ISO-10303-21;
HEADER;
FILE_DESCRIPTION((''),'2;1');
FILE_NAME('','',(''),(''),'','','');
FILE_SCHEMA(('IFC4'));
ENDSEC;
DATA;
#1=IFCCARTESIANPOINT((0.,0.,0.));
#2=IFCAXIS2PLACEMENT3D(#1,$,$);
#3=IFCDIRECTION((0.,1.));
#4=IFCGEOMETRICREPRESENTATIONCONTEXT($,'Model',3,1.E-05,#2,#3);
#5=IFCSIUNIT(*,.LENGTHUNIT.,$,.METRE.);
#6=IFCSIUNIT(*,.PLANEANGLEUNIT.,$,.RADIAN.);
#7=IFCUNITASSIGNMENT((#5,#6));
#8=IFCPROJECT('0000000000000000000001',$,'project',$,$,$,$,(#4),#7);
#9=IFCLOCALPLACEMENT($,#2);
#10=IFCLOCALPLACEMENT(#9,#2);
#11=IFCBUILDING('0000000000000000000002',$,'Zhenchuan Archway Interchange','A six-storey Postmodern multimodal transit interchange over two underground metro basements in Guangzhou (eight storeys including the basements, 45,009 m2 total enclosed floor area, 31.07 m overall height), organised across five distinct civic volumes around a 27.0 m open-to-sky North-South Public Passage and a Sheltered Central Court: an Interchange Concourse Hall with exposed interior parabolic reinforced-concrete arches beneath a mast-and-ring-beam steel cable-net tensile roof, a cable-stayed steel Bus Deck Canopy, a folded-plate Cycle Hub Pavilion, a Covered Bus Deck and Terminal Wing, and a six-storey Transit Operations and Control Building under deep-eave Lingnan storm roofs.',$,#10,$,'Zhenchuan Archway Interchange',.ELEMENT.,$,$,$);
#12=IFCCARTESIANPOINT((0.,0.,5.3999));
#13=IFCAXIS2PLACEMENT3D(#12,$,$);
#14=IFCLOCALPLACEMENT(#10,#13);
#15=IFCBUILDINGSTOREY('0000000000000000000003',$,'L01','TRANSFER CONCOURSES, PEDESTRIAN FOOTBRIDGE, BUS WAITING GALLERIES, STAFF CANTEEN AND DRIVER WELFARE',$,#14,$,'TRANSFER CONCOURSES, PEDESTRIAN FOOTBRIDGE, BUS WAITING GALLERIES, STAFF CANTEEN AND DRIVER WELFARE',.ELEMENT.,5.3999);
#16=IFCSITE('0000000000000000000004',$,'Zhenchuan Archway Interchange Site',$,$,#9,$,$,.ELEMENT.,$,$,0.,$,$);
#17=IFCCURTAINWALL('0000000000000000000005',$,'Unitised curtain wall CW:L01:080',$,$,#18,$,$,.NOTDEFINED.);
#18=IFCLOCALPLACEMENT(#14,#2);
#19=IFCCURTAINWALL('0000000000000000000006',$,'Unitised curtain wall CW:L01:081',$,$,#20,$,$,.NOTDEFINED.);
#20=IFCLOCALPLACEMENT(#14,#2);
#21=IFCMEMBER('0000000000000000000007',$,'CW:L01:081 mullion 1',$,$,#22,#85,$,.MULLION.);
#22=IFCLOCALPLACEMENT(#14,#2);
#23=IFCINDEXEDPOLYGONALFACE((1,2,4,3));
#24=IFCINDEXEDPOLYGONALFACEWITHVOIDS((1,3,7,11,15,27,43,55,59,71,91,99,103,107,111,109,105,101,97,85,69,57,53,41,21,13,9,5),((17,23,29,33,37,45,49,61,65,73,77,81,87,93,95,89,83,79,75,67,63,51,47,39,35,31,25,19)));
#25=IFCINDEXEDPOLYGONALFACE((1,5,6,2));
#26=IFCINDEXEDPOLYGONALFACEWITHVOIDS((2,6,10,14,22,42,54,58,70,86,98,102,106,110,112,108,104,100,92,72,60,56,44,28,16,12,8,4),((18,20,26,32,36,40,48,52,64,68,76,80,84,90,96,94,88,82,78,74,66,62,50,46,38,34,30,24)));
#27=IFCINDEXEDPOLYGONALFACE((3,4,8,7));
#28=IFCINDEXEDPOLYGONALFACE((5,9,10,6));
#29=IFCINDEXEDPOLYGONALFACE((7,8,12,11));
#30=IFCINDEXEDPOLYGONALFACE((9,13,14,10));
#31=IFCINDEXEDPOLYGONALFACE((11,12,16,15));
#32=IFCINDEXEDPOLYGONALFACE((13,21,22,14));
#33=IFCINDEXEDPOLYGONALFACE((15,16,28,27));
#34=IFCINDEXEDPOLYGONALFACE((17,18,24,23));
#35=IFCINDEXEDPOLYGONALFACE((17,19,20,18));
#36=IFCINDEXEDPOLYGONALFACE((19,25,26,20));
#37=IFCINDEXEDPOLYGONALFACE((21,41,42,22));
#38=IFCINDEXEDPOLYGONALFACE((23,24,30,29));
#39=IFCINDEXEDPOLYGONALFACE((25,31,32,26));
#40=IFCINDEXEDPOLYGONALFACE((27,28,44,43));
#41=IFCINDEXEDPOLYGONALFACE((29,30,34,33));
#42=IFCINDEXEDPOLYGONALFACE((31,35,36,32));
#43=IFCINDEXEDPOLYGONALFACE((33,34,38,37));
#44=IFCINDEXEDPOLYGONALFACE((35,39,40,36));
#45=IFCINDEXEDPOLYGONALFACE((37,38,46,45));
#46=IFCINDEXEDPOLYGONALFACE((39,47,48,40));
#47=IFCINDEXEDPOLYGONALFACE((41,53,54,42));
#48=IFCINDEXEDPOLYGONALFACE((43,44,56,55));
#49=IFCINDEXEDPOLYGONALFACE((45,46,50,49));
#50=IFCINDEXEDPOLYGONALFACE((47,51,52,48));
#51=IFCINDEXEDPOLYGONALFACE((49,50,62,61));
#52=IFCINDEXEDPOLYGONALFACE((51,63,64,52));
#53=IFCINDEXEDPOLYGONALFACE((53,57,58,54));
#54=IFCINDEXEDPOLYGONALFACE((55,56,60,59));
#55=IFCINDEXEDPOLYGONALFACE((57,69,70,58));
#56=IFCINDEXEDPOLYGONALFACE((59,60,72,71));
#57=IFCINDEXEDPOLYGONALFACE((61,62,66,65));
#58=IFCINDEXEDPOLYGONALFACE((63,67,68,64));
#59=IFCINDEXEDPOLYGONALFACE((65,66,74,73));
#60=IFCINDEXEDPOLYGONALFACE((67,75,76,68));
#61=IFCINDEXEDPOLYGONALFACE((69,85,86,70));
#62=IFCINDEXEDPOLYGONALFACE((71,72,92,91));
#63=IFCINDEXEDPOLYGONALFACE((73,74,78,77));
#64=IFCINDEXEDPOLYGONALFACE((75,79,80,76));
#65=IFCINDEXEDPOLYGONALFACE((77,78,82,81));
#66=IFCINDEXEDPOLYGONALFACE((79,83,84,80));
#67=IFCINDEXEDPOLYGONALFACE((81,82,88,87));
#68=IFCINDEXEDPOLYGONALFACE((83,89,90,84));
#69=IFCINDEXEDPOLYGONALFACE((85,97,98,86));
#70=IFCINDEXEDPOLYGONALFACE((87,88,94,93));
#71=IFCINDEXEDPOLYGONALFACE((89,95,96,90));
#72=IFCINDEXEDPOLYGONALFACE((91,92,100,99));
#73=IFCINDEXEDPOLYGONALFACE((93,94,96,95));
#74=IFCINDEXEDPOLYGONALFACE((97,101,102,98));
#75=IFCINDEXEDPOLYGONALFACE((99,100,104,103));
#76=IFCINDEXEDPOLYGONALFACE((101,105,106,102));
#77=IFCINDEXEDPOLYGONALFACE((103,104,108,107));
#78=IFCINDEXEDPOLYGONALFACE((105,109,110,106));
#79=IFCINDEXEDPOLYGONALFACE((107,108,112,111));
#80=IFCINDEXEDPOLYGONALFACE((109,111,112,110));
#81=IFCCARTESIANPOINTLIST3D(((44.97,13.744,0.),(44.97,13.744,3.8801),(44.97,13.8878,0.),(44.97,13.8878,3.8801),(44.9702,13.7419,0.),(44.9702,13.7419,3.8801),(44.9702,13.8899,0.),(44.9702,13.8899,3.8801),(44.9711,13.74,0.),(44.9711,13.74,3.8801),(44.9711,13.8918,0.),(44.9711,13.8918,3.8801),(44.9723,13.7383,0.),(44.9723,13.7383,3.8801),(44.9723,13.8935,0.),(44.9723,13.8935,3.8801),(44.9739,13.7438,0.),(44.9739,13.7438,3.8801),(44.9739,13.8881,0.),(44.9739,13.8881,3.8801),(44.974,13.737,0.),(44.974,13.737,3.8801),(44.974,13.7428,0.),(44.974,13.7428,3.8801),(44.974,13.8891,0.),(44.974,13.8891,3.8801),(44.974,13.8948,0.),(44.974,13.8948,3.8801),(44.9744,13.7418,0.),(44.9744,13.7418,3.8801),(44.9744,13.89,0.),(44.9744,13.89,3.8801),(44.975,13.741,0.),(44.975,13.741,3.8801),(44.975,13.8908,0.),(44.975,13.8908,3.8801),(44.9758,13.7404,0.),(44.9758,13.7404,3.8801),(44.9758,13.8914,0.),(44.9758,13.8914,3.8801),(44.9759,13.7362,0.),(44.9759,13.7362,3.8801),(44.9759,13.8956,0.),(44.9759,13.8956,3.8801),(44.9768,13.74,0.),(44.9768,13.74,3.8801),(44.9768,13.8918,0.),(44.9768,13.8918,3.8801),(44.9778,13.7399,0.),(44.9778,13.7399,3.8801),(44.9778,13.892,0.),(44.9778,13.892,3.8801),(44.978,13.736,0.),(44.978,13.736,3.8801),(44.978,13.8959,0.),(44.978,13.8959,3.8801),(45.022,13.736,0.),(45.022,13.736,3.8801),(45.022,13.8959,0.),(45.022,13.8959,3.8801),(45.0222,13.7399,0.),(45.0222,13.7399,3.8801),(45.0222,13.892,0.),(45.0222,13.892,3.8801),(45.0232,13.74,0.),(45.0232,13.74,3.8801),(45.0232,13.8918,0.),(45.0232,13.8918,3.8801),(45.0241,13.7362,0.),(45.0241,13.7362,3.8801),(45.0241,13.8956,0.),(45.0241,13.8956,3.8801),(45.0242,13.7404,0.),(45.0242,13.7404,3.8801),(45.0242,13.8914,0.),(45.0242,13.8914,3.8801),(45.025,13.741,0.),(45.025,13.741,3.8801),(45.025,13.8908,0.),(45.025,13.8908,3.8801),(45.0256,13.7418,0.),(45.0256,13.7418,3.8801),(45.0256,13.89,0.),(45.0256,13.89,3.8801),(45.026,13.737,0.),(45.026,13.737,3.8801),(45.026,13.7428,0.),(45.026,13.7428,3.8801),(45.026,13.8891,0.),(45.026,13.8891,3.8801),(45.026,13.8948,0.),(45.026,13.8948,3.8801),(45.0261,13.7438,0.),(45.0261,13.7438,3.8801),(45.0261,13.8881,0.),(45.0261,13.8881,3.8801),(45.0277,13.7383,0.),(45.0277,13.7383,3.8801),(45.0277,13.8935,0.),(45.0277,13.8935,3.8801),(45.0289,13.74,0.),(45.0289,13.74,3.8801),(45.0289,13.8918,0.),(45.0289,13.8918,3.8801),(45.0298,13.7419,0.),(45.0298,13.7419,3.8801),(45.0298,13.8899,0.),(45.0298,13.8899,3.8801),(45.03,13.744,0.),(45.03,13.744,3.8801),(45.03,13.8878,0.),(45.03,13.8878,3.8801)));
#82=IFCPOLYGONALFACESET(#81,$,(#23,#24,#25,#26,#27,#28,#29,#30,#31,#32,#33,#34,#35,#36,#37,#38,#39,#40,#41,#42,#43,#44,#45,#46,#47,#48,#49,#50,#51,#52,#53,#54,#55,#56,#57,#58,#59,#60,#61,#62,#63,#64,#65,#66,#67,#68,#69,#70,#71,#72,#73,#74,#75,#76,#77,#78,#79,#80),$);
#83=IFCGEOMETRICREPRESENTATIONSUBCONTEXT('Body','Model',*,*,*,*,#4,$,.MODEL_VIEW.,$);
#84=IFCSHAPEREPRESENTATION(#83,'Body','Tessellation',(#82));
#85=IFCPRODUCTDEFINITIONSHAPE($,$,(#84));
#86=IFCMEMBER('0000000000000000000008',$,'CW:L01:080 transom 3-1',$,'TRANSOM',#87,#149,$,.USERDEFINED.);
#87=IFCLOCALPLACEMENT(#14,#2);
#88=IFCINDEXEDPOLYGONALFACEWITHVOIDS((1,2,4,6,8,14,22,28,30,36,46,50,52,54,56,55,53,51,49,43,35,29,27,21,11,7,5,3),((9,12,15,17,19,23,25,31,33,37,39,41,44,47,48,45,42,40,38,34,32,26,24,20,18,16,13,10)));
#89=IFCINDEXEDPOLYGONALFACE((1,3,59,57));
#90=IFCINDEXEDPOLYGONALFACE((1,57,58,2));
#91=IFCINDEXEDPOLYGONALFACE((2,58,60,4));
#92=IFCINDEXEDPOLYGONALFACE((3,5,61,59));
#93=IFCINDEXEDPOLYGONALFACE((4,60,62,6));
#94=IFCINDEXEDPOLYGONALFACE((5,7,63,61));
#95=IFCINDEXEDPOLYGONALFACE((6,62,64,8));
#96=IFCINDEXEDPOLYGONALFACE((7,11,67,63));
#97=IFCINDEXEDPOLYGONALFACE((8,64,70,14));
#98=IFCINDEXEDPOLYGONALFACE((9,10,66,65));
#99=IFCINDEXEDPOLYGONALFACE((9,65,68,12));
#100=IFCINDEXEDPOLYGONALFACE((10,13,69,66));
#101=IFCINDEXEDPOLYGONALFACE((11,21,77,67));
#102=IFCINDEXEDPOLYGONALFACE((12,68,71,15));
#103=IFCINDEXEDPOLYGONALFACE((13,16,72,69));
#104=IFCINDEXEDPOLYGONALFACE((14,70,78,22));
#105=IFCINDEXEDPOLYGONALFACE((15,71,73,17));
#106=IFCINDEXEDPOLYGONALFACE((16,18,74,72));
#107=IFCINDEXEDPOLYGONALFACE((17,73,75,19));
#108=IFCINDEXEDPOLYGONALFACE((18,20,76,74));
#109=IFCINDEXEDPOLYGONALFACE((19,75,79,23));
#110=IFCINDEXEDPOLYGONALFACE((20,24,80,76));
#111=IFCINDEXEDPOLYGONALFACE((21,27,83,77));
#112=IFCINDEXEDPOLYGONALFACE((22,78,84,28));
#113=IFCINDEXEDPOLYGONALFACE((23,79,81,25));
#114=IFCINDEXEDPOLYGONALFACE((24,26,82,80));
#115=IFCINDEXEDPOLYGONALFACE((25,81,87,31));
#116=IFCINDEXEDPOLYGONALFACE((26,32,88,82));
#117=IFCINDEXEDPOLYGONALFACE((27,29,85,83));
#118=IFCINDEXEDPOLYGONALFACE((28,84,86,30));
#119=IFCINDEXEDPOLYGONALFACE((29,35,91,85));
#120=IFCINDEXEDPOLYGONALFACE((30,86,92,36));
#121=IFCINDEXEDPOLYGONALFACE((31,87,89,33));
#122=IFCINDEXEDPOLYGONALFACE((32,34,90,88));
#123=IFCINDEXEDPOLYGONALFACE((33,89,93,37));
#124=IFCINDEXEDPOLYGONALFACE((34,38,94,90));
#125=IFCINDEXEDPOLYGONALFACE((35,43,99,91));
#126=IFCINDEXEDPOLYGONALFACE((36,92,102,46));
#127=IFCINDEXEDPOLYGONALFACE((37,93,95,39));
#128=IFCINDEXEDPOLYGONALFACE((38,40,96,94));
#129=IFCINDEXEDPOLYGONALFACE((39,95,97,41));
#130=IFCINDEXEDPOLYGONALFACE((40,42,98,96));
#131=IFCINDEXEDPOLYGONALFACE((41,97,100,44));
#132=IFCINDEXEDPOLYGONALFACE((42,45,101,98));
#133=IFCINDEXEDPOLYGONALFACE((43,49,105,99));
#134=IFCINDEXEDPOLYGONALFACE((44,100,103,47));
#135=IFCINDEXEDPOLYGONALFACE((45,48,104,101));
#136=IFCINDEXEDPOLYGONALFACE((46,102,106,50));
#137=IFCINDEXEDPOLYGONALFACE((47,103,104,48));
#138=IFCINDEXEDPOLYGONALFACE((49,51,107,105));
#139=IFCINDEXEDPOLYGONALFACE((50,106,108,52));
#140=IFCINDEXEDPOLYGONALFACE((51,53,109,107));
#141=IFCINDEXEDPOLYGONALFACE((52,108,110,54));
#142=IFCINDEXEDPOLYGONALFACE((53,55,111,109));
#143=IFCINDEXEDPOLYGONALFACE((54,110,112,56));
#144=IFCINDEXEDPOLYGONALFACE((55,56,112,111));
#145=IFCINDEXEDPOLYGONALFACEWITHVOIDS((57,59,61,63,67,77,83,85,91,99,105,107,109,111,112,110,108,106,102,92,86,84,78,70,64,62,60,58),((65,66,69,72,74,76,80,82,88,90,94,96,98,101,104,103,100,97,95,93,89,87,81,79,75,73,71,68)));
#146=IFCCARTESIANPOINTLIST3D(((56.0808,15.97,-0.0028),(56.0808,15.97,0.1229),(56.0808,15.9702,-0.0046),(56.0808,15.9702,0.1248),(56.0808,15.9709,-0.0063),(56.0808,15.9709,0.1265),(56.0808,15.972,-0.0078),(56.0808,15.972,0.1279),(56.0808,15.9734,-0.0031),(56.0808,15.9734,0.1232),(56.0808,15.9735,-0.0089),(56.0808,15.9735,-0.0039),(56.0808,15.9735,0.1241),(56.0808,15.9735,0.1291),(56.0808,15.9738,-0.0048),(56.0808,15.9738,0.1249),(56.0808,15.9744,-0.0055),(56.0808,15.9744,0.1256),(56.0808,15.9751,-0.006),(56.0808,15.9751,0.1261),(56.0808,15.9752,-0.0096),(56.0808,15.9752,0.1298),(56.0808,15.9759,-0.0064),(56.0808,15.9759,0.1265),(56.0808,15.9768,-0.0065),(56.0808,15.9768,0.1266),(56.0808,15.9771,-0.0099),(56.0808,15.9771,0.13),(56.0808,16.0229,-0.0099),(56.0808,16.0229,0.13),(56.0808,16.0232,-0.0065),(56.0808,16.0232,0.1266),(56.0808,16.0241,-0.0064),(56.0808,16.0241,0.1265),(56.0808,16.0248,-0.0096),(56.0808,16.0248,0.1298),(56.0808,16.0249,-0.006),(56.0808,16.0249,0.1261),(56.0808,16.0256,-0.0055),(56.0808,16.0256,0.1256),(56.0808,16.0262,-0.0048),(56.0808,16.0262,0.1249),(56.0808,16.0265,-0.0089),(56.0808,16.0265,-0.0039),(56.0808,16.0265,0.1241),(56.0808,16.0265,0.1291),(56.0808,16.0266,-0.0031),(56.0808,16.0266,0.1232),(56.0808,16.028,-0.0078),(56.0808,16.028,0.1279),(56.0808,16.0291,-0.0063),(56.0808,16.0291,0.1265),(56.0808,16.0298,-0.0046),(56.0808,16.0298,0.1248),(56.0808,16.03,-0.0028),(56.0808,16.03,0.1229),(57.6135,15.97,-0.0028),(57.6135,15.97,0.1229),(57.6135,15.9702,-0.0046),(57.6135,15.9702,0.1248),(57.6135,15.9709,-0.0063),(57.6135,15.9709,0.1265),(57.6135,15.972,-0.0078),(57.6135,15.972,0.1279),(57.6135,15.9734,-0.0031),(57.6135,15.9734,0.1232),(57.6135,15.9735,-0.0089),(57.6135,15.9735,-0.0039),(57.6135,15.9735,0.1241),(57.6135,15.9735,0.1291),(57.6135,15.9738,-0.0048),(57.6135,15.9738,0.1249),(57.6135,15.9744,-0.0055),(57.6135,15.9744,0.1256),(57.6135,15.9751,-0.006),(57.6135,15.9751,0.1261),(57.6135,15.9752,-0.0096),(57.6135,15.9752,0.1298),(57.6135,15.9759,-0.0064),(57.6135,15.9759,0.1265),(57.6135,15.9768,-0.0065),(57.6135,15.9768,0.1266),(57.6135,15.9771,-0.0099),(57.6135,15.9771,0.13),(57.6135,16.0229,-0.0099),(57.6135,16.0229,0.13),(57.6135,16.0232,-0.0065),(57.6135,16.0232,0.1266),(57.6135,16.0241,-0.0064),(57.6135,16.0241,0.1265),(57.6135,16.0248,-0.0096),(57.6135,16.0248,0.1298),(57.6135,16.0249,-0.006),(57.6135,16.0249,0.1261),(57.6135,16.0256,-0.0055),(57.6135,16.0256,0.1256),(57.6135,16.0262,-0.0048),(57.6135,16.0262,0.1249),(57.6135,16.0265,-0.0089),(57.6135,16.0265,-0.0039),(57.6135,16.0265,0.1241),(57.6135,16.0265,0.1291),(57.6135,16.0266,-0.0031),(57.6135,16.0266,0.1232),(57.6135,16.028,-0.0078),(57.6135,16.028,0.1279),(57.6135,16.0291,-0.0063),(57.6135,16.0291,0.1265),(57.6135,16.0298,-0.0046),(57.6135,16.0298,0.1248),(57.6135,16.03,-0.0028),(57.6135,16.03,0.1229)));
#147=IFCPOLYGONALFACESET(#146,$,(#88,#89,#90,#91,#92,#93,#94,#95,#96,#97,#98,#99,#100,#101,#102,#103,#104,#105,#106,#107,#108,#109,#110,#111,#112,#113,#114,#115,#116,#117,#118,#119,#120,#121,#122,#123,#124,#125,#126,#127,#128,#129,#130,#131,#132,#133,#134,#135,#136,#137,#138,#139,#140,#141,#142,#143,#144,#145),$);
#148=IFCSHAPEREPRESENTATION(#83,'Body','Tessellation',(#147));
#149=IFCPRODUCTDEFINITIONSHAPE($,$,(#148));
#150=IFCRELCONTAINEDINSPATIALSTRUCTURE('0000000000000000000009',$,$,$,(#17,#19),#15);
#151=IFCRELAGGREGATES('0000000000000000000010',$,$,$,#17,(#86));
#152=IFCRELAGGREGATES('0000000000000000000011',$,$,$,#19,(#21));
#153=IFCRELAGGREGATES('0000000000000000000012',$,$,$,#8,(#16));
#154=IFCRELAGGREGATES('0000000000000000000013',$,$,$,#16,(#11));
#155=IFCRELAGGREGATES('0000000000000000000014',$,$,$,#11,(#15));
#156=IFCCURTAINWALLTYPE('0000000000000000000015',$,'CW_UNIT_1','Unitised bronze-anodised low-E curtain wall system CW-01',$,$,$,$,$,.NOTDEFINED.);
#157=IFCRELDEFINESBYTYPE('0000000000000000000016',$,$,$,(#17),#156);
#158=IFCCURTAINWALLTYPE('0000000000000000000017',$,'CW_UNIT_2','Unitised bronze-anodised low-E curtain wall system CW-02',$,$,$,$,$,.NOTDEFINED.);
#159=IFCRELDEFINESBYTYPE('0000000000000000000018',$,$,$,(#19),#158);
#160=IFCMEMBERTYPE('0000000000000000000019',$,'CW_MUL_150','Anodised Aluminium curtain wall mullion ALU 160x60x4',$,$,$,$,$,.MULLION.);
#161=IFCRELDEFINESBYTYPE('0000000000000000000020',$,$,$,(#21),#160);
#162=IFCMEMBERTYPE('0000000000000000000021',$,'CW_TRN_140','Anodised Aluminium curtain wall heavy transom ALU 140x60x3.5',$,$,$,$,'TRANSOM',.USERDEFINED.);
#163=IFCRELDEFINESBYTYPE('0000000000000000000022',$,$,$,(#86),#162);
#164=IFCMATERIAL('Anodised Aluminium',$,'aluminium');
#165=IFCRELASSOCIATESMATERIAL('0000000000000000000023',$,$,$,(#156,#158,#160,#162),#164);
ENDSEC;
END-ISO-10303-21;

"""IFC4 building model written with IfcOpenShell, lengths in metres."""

from ifc_helpers import new_model, si_unit, direction, frame, origin, origin_2d, place, context, subcontext, project, spatial, hollow_rectangle, extrude, material, material_profile, profile_set, type_object, element, aggregate, save


model = new_model("IFC4")

# Units and contexts
model_context = context("Model", 3, precision=1e-05, world=origin(), true_north=direction((0.0, 1.0)))
body_context = subcontext(model_context, "Body", "Model", "MODEL_VIEW")
ifc_project = project(units=[si_unit("LENGTHUNIT", "METRE"), si_unit("PLANEANGLEUNIT", "RADIAN")], contexts=[model_context])

# Site, building, storey
site_placement = place(None, origin())
site = spatial("IfcSite", under=ifc_project, at=site_placement, Name="Zhenchuan Archway Interchange Site", CompositionType="ELEMENT", RefElevation=0.0)
building_placement = place(site_placement, origin())
building = spatial("IfcBuilding", under=site, at=building_placement, Name="Zhenchuan Archway Interchange", Description="A six-storey Postmodern multimodal transit interchange over two underground metro basements in Guangzhou (eight storeys including the basements, 45,009 m2 total enclosed floor area, 31.07 m overall height), organised across five distinct civic volumes around a 27.0 m open-to-sky North-South Public Passage and a Sheltered Central Court: an Interchange Concourse Hall with exposed interior parabolic reinforced-concrete arches beneath a mast-and-ring-beam steel cable-net tensile roof, a cable-stayed steel Bus Deck Canopy, a folded-plate Cycle Hub Pavilion, a Covered Bus Deck and Terminal Wing, and a six-storey Transit Operations and Control Building under deep-eave Lingnan storm roofs.", LongName="Zhenchuan Archway Interchange", CompositionType="ELEMENT")
storey_placement = place(building_placement, frame((0.0, 0.0, 5.3999)))
storey = spatial("IfcBuildingStorey", under=building, at=storey_placement, Name="L01", Description="TRANSFER CONCOURSES, PEDESTRIAN FOOTBRIDGE, BUS WAITING GALLERIES, STAFF CANTEEN AND DRIVER WELFARE", LongName="TRANSFER CONCOURSES, PEDESTRIAN FOOTBRIDGE, BUS WAITING GALLERIES, STAFF CANTEEN AND DRIVER WELFARE", CompositionType="ELEMENT", Elevation=5.3999)

# Curtain walls, member
ifc_material_1 = material(Name="Anodised Aluminium", Category="aluminium")
curtain_wall_type_1 = type_object("IfcCurtainWallType", Name="CW_UNIT_1", Description="Unitised bronze-anodised low-E curtain wall system CW-01", PredefinedType="NOTDEFINED", material=ifc_material_1)
curtain_wall_1_placement = place(storey_placement, origin())
curtain_wall_1 = element("IfcCurtainWall", 1, at=curtain_wall_1_placement, inside=storey, type_object=curtain_wall_type_1, Name="Unitised curtain wall CW:L01:080", PredefinedType="NOTDEFINED")
ifc_material_profile_1 = material_profile(ifc_material_1, hollow_rectangle(XDim=0.0601, YDim=0.1599, WallThickness=0.0039, InnerFilletRadius=0.0039, OuterFilletRadius=0.0081, at=origin_2d()), Name="ALU 160x60x4")
ifc_profile_set_1 = profile_set([ifc_material_profile_1], Name="Anodised Aluminium")
member_type_1 = type_object("IfcMemberType", Name="CW_MUL_150", Description="Anodised Aluminium curtain wall mullion ALU 160x60x4", PredefinedType="MULLION", material=ifc_profile_set_1)
curtain_wall_type_2 = type_object("IfcCurtainWallType", Name="CW_UNIT_2", Description="Unitised bronze-anodised low-E curtain wall system CW-02", PredefinedType="NOTDEFINED", material=ifc_material_1)
curtain_wall_2_placement = place(storey_placement, origin())
curtain_wall_2 = element("IfcCurtainWall", 2, at=curtain_wall_2_placement, inside=storey, type_object=curtain_wall_type_2, Name="Unitised curtain wall CW:L01:081", PredefinedType="NOTDEFINED")
member_1_placement = place(storey_placement, frame((45.0, 13.8159, 0.0), z_axis=(0.0, 0.0, 1.0), x_axis=(1.0, 0.0, 0.0)))
member_1 = element("IfcMember", 3, at=member_1_placement, type_object=member_type_1, Name="CW:L01:081 mullion 1", PredefinedType="MULLION", context=body_context, shape_type="SweptSolid", body=[
    extrude(hollow_rectangle(XDim=0.0601, YDim=0.1599, WallThickness=0.0039, InnerFilletRadius=0.0039, OuterFilletRadius=0.0081, at=origin_2d()), origin(), (0.0, 0.0, 1.0), 3.8801),
])

# Member
ifc_material_profile_2 = material_profile(ifc_material_1, hollow_rectangle(XDim=0.0601, YDim=0.1399, WallThickness=0.0034, InnerFilletRadius=0.0034, OuterFilletRadius=0.0071, at=origin_2d()), Name="ALU 140x60x3.5")
ifc_profile_set_2 = profile_set([ifc_material_profile_2], Name="Anodised Aluminium")
member_type_2 = type_object("IfcMemberType", Name="CW_TRN_140", Description="Anodised Aluminium curtain wall heavy transom ALU 140x60x3.5", ElementType="TRANSOM", PredefinedType="USERDEFINED", material=ifc_profile_set_2)
member_2_placement = place(storey_placement, frame((57.6135, 16.0, 0.0601), z_axis=(-1.0, 0.0, 0.0), x_axis=(0.0, -1.0, 0.0)))
member_2 = element("IfcMember", 4, at=member_2_placement, type_object=member_type_2, Name="CW:L01:080 transom 3-1", ObjectType="TRANSOM", PredefinedType="USERDEFINED", context=body_context, shape_type="SweptSolid", body=[
    extrude(hollow_rectangle(XDim=0.0601, YDim=0.1399, WallThickness=0.0034, InnerFilletRadius=0.0034, OuterFilletRadius=0.0071, at=origin_2d()), origin(), (0.0, 0.0, 1.0), 1.5327),
])

aggregate(curtain_wall_1, [member_2])
aggregate(curtain_wall_2, [member_1])

save(model, "model.ifc")
